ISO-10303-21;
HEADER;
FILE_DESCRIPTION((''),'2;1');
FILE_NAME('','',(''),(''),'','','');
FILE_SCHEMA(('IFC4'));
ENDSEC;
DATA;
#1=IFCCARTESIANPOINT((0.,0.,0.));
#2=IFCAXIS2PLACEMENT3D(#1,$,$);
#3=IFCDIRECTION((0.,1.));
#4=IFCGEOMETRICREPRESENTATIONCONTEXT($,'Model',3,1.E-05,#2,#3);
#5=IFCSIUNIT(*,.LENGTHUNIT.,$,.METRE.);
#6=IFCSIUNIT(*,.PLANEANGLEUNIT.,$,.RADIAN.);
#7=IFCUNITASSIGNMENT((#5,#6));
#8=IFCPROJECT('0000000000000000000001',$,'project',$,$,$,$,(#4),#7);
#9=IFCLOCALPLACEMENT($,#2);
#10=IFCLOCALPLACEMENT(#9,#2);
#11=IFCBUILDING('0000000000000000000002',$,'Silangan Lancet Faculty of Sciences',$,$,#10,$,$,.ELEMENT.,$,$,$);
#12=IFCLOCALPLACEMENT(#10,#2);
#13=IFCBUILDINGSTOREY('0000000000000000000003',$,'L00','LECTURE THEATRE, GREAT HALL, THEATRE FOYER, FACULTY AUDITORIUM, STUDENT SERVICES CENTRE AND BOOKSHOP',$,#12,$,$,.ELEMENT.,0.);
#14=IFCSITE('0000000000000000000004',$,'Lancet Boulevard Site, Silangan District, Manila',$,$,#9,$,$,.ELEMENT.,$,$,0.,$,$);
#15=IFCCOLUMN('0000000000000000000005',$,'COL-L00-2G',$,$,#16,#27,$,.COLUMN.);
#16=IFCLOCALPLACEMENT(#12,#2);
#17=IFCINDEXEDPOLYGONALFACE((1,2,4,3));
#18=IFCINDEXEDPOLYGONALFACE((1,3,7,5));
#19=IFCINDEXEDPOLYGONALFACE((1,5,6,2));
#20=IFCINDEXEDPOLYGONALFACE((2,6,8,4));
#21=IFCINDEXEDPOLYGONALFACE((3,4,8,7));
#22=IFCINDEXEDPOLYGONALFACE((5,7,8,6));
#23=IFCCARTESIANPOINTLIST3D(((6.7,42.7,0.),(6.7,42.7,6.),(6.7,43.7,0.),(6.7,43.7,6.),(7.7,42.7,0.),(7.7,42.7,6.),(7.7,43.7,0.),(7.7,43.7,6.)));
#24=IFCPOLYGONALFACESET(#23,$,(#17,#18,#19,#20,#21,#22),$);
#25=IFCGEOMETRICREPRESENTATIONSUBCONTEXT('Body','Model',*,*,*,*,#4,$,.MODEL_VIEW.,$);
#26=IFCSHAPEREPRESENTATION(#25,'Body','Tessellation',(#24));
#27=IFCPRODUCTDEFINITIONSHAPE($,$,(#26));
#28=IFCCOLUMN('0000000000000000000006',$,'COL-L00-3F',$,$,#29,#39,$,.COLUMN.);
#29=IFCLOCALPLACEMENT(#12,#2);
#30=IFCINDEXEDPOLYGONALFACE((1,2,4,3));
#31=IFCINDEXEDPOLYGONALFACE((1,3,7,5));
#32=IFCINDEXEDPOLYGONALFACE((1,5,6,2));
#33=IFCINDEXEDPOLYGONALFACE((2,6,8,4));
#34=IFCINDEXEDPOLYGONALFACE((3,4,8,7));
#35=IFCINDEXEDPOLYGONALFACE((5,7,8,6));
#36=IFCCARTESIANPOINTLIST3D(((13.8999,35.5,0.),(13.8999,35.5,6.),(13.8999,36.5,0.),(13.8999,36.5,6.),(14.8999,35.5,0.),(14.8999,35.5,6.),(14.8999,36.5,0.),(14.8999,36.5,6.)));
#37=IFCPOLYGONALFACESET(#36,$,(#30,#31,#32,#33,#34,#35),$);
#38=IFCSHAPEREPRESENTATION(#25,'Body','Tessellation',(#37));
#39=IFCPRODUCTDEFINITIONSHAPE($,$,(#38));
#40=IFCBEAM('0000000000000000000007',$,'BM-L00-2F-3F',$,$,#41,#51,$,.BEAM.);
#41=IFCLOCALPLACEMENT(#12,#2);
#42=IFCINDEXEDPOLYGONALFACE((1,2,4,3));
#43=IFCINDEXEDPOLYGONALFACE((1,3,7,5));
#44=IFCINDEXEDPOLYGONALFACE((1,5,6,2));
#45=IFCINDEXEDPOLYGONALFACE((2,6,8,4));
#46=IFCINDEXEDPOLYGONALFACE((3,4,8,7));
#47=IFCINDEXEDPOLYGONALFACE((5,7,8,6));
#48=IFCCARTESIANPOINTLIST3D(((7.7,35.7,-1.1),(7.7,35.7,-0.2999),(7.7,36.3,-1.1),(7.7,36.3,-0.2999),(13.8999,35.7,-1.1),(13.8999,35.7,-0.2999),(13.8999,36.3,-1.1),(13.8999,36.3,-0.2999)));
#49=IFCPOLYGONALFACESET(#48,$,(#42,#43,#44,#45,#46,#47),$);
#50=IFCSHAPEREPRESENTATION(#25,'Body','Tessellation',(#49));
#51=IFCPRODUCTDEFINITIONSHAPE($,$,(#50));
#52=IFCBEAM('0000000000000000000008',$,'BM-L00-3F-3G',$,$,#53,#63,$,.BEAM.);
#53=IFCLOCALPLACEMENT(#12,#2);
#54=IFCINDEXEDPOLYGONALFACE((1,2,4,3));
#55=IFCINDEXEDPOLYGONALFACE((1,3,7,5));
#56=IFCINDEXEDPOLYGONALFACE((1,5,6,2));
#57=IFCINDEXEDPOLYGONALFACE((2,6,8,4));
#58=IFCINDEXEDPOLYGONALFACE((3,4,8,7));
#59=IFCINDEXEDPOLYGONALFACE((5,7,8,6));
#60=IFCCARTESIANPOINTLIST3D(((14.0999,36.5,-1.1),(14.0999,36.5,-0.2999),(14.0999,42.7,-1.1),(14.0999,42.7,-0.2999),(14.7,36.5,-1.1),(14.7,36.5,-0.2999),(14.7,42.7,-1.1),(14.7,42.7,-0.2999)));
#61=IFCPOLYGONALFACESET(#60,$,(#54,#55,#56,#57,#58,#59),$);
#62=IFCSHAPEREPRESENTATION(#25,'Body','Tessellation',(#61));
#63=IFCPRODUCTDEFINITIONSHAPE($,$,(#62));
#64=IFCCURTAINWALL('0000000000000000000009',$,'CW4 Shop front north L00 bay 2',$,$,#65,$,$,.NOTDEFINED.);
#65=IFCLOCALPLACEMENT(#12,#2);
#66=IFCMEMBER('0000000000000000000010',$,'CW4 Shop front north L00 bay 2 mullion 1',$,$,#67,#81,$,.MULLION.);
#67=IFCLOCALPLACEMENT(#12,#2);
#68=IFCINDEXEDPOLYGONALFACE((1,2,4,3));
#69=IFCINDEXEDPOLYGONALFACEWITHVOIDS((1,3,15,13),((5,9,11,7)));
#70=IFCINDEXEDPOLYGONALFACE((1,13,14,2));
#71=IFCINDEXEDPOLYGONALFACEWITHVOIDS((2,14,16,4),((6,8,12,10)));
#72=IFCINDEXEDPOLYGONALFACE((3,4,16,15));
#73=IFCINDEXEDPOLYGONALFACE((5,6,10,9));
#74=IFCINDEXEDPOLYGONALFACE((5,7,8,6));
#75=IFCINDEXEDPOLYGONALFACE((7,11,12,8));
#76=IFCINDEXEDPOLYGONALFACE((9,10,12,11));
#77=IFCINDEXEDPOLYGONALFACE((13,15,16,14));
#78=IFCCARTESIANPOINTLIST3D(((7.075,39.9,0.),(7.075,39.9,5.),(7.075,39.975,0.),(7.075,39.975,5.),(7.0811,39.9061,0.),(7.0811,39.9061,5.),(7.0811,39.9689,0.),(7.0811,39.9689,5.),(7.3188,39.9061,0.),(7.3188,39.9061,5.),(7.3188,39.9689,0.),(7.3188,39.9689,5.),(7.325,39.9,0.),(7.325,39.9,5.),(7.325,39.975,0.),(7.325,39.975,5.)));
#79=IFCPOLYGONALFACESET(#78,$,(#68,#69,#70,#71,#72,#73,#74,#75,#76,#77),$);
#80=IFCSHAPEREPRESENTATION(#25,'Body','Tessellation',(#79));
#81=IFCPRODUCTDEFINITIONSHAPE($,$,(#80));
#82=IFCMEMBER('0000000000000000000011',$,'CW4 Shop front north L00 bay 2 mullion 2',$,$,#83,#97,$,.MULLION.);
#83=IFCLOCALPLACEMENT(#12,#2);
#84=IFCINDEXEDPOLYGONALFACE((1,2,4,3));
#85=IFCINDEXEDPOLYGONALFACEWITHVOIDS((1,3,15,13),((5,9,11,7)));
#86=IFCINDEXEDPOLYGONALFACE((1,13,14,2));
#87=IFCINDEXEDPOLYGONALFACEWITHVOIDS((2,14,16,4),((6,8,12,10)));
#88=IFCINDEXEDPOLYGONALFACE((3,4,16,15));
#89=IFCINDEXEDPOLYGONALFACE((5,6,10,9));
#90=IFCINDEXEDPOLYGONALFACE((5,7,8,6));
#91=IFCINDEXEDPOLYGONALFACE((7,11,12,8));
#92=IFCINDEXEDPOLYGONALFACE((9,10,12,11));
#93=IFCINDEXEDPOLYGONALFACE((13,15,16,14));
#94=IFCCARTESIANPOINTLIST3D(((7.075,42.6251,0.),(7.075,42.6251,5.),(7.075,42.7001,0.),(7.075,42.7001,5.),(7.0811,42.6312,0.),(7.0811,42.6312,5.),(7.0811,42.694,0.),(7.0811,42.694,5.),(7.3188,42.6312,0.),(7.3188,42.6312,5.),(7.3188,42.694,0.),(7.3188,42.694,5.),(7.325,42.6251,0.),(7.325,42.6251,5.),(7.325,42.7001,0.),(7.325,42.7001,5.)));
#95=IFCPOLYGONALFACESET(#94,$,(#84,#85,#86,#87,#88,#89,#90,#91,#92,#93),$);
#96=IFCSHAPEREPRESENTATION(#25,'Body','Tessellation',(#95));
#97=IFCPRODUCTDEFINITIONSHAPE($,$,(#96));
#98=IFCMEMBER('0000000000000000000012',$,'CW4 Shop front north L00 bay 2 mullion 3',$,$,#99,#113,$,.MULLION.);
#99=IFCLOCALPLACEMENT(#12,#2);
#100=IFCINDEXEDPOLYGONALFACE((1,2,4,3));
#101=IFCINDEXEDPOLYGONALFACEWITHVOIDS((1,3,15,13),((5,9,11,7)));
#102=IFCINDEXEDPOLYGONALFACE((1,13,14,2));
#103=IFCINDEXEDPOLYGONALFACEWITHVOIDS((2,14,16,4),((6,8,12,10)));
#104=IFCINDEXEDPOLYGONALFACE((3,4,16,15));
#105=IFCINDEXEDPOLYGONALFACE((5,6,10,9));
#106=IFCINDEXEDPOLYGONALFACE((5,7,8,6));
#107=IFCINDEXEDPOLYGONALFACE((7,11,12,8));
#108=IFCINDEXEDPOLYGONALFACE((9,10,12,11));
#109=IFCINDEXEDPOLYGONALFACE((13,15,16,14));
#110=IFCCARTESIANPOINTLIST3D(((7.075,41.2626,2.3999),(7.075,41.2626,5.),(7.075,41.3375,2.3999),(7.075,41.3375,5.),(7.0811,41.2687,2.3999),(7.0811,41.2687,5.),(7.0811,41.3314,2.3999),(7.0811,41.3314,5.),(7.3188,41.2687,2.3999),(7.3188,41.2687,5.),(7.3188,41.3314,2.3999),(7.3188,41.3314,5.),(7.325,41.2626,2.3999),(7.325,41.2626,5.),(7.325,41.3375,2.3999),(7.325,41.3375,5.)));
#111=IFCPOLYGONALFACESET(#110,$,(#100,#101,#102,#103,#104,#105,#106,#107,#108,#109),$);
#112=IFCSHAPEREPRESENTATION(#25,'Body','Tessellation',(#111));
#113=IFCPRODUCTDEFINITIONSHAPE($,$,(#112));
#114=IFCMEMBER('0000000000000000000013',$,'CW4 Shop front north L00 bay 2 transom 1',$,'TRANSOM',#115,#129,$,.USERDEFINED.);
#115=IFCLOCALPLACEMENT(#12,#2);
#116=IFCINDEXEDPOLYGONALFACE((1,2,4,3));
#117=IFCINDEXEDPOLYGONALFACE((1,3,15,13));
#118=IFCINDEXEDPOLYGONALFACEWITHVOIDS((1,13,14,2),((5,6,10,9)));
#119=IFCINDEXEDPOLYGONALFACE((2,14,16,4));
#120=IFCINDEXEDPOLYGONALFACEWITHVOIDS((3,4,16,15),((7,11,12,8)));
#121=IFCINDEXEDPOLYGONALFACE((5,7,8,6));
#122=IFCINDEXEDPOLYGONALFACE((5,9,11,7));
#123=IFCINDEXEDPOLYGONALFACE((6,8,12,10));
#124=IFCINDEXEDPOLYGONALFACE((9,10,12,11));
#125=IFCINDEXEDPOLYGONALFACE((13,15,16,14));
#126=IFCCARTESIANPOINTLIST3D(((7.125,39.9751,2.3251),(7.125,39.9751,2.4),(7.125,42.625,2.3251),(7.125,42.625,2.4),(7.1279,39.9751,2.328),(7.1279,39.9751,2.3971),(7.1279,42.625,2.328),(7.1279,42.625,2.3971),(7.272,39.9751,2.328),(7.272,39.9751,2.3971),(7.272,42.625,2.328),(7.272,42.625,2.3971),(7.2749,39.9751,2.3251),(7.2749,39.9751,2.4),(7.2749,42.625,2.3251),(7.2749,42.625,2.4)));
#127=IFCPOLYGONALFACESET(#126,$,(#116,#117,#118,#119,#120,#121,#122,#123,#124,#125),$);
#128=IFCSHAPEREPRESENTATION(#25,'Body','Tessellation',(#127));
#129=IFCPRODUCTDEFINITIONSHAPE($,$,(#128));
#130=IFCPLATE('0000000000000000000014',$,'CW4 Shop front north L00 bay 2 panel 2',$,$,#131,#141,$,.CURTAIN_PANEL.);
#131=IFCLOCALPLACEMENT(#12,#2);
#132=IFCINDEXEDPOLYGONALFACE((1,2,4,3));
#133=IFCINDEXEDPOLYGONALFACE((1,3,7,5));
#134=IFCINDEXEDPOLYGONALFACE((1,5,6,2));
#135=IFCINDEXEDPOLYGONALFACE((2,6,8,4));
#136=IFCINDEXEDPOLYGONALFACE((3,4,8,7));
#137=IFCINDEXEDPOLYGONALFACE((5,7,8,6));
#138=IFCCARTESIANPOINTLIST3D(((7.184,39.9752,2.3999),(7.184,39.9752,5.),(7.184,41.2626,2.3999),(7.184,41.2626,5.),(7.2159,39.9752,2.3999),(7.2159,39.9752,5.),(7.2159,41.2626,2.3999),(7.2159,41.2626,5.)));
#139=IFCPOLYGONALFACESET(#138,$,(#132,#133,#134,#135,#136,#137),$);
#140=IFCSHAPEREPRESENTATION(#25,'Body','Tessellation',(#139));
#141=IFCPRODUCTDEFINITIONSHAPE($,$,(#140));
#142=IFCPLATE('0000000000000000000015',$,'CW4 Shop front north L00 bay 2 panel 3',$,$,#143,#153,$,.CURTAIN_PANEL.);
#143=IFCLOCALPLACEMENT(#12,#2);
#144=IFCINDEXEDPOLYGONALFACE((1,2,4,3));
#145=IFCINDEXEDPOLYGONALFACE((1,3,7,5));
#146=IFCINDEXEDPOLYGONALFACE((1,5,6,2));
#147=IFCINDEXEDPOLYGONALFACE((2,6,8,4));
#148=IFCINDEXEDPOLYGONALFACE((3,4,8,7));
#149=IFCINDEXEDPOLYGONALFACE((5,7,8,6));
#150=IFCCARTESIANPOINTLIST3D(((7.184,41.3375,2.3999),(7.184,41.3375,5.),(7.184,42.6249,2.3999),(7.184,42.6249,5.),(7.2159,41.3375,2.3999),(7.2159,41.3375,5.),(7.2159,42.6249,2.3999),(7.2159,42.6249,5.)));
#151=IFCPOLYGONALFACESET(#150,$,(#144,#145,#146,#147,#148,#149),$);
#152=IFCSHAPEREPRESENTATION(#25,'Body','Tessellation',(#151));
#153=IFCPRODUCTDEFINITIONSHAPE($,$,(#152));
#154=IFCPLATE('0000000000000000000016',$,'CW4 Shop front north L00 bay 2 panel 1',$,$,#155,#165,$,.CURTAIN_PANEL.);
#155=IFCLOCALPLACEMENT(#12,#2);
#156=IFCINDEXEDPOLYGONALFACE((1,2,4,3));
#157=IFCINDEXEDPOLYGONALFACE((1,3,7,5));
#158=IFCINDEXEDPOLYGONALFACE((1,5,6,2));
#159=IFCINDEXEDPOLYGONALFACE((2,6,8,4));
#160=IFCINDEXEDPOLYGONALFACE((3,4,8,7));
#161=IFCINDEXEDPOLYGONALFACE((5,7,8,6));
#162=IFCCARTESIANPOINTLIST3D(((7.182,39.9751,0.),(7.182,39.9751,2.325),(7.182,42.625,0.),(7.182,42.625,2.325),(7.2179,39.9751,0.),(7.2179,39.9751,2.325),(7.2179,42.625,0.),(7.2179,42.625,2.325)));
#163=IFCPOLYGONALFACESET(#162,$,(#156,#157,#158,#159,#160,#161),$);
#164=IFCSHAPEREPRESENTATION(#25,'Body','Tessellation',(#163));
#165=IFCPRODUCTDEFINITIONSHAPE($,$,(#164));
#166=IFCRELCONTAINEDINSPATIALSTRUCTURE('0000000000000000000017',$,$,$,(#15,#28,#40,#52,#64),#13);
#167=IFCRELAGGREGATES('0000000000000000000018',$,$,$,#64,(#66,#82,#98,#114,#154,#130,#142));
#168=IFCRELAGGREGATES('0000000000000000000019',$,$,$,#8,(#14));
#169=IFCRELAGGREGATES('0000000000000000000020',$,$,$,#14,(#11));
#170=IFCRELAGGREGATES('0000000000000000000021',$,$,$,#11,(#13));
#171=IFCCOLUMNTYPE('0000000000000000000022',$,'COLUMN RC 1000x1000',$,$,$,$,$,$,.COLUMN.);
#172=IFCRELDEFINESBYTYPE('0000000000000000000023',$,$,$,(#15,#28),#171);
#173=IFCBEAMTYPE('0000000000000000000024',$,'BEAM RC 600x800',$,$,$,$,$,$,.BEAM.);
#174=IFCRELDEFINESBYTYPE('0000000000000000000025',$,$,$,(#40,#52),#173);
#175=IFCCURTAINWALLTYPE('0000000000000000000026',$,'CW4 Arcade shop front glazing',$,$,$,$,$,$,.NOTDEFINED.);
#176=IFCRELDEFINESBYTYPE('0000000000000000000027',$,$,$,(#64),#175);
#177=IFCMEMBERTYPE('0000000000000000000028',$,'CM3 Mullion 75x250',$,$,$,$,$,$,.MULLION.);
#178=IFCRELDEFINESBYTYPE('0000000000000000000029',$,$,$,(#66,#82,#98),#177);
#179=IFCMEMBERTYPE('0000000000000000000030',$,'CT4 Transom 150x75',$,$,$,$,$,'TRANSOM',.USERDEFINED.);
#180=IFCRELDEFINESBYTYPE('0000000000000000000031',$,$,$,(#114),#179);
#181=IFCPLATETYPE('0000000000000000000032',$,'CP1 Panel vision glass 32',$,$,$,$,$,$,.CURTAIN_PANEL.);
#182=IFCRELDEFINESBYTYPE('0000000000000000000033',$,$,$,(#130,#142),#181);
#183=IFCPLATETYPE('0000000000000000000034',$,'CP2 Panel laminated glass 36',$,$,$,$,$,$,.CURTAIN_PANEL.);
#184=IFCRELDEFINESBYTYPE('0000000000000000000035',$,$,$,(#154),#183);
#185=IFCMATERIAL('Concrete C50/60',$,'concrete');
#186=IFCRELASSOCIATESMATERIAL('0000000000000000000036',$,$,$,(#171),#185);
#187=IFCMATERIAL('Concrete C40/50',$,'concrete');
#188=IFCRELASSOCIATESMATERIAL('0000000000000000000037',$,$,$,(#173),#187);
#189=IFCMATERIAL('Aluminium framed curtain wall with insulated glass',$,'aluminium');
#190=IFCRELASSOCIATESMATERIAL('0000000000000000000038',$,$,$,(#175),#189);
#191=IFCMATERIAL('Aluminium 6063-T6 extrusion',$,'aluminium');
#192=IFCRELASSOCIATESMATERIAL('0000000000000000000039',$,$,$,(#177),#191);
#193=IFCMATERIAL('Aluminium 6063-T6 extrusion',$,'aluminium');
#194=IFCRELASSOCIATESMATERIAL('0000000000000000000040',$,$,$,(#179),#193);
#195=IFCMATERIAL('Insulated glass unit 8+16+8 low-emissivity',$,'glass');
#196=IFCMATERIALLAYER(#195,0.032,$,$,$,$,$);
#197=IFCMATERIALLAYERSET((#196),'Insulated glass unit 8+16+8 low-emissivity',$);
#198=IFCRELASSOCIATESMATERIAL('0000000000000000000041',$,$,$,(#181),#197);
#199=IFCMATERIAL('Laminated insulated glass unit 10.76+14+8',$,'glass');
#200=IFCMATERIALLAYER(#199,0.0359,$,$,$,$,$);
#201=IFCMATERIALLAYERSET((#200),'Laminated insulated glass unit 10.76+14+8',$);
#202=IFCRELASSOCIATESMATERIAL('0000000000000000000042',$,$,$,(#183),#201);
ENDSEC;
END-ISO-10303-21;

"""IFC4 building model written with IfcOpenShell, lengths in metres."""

from ifc_helpers import new_model, si_unit, direction, frame, origin, origin_2d, place, context, subcontext, project, spatial, rectangle, hollow_rectangle, extrude, material, layer, layer_set, material_profile, profile_set, type_object, element, aggregate, save


model = new_model("IFC4")

# Units and contexts
model_context = context("Model", 3, precision=1e-05, world=origin(), true_north=direction((0.0, 1.0)))
body_context = subcontext(model_context, "Body", "Model", "MODEL_VIEW")
ifc_project = project(units=[si_unit("LENGTHUNIT", "METRE"), si_unit("PLANEANGLEUNIT", "RADIAN")], contexts=[model_context])

# Site, building, storey
site_placement = place(None, origin())
site = spatial("IfcSite", under=ifc_project, at=site_placement, Name="Lancet Boulevard Site, Silangan District, Manila", CompositionType="ELEMENT", RefElevation=0.0)
building_placement = place(site_placement, origin())
building = spatial("IfcBuilding", under=site, at=building_placement, Name="Silangan Lancet Faculty of Sciences", CompositionType="ELEMENT")
storey_placement = place(building_placement, origin())
storey = spatial("IfcBuildingStorey", under=building, at=storey_placement, Name="L00", Description="LECTURE THEATRE, GREAT HALL, THEATRE FOYER, FACULTY AUDITORIUM, STUDENT SERVICES CENTRE AND BOOKSHOP", CompositionType="ELEMENT", Elevation=0.0)

# Columns
ifc_material_1 = material(Name="Concrete C50/60", Category="concrete")
ifc_material_profile_1 = material_profile(ifc_material_1, rectangle(XDim=1.0, YDim=1.0, at=origin_2d()), Name="RC 1000x1000")
ifc_profile_set_1 = profile_set([ifc_material_profile_1], Name="Concrete C50/60")
column_type = type_object("IfcColumnType", Name="COLUMN RC 1000x1000", PredefinedType="COLUMN", material=ifc_profile_set_1)
for number, where, z_axis, x_axis, name in (
    (1, (7.2, 43.2, 0.0), (0.0, 0.0, 1.0), (1.0, 0.0, 0.0), "COL-L00-2G"),
    (2, (14.3999, 36.0, 0.0), (0.0, 0.0, 1.0), (1.0, 0.0, 0.0), "COL-L00-3F"),
):
    element("IfcColumn", number, at=place(storey_placement, frame(where, z_axis=z_axis, x_axis=x_axis)), inside=storey, type_object=column_type, Name=name, PredefinedType="COLUMN", context=body_context, shape_type="SweptSolid", body=[
        extrude(rectangle(XDim=1.0, YDim=1.0, at=origin_2d()), origin(), (0.0, 0.0, 1.0), 6.0),
    ])

# Beams
ifc_material_2 = material(Name="Concrete C40/50", Category="concrete")
ifc_material_profile_2 = material_profile(ifc_material_2, rectangle(XDim=0.6001, YDim=0.8, at=origin_2d()), Name="RC 600x800")
ifc_profile_set_2 = profile_set([ifc_material_profile_2], Name="Concrete C40/50")
beam_type = type_object("IfcBeamType", Name="BEAM RC 600x800", PredefinedType="BEAM", material=ifc_profile_set_2)
for number, where, z_axis, x_axis, name in (
    (3, (7.7, 36.0, -0.7), (1.0, 0.0, 0.0), (0.0, 1.0, 0.0), "BM-L00-2F-3F"),
    (4, (14.3999, 36.5, -0.7), (0.0, 1.0, 0.0), (-1.0, 0.0, 0.0), "BM-L00-3F-3G"),
):
    element("IfcBeam", number, at=place(storey_placement, frame(where, z_axis=z_axis, x_axis=x_axis)), inside=storey, type_object=beam_type, Name=name, PredefinedType="BEAM", context=body_context, shape_type="SweptSolid", body=[
        extrude(rectangle(XDim=0.6001, YDim=0.8, at=origin_2d()), origin(), (0.0, 0.0, 1.0), 6.2),
    ])

# Curtain wall, members, plates
ifc_material_3 = material(Name="Aluminium framed curtain wall with insulated glass", Category="aluminium")
curtain_wall_type = type_object("IfcCurtainWallType", Name="CW4 Arcade shop front glazing", PredefinedType="NOTDEFINED", material=ifc_material_3)
curtain_wall_placement = place(storey_placement, origin())
curtain_wall = element("IfcCurtainWall", 5, at=curtain_wall_placement, inside=storey, type_object=curtain_wall_type, Name="CW4 Shop front north L00 bay 2", PredefinedType="NOTDEFINED")
ifc_material_4 = material(Name="Aluminium 6063-T6 extrusion", Category="aluminium")
ifc_material_profile_3 = material_profile(ifc_material_4, hollow_rectangle(XDim=0.075, YDim=0.25, WallThickness=0.0061, at=origin_2d()), Name="AL BOX 75x250x6")
ifc_profile_set_3 = profile_set([ifc_material_profile_3], Name="Aluminium 6063-T6 extrusion")
member_type_1 = type_object("IfcMemberType", Name="CM3 Mullion 75x250", PredefinedType="MULLION", material=ifc_profile_set_3)
member_1_placement = place(storey_placement, frame((7.2, 39.9375, 0.0), z_axis=(0.0, 0.0, 1.0), x_axis=(0.0, 1.0, 0.0)))
member_1 = element("IfcMember", 6, at=member_1_placement, type_object=member_type_1, Name="CW4 Shop front north L00 bay 2 mullion 1", PredefinedType="MULLION", context=body_context, shape_type="SweptSolid", body=[
    extrude(hollow_rectangle(XDim=0.075, YDim=0.25, WallThickness=0.0061, at=origin_2d()), origin(), (0.0, 0.0, 1.0), 5.0),
])
member_2_placement = place(storey_placement, frame((7.2, 42.6626, 0.0), z_axis=(0.0, 0.0, 1.0), x_axis=(0.0, 1.0, 0.0)))
member_2 = element("IfcMember", 7, at=member_2_placement, type_object=member_type_1, Name="CW4 Shop front north L00 bay 2 mullion 2", PredefinedType="MULLION", context=body_context, shape_type="SweptSolid", body=[
    extrude(hollow_rectangle(XDim=0.075, YDim=0.25, WallThickness=0.0061, at=origin_2d()), origin(), (0.0, 0.0, 1.0), 5.0),
])
member_3_placement = place(storey_placement, frame((7.2, 41.3, 2.3999), z_axis=(0.0, 0.0, 1.0), x_axis=(0.0, 1.0, 0.0)))
member_3 = element("IfcMember", 8, at=member_3_placement, type_object=member_type_1, Name="CW4 Shop front north L00 bay 2 mullion 3", PredefinedType="MULLION", context=body_context, shape_type="SweptSolid", body=[
    extrude(hollow_rectangle(XDim=0.075, YDim=0.25, WallThickness=0.0061, at=origin_2d()), origin(), (0.0, 0.0, 1.0), 2.6001),
])
ifc_material_5 = material(Name="Aluminium 6063-T6 extrusion", Category="aluminium")
ifc_material_profile_4 = material_profile(ifc_material_5, hollow_rectangle(XDim=0.1499, YDim=0.075, WallThickness=0.0029, at=origin_2d()), Name="AL BOX 150x75x3")
ifc_profile_set_4 = profile_set([ifc_material_profile_4], Name="Aluminium 6063-T6 extrusion")
member_type_2 = type_object("IfcMemberType", Name="CT4 Transom 150x75", ElementType="TRANSOM", PredefinedType="USERDEFINED", material=ifc_profile_set_4)
member_4_placement = place(storey_placement, frame((7.2, 39.9751, 2.3625), z_axis=(0.0, 1.0, 0.0), x_axis=(-1.0, 0.0, 0.0)))
member_4 = element("IfcMember", 9, at=member_4_placement, type_object=member_type_2, Name="CW4 Shop front north L00 bay 2 transom 1", ObjectType="TRANSOM", PredefinedType="USERDEFINED", context=body_context, shape_type="SweptSolid", body=[
    extrude(hollow_rectangle(XDim=0.1499, YDim=0.075, WallThickness=0.0029, at=origin_2d()), origin(), (0.0, 0.0, 1.0), 2.6499),
])
ifc_material_6 = material(Name="Insulated glass unit 8+16+8 low-emissivity", Category="glass")
ifc_layer_1 = layer(ifc_material_6, 0.032)
ifc_layer_set_1 = layer_set([ifc_layer_1], Name="Insulated glass unit 8+16+8 low-emissivity")
plate_type_1 = type_object("IfcPlateType", Name="CP1 Panel vision glass 32", PredefinedType="CURTAIN_PANEL", material=ifc_layer_set_1)
plate_1_placement = place(storey_placement, frame((7.2, 40.6189, 2.3999), z_axis=(0.0, 0.0, 1.0), x_axis=(0.0, 1.0, 0.0)))
plate_1 = element("IfcPlate", 10, at=plate_1_placement, type_object=plate_type_1, Name="CW4 Shop front north L00 bay 2 panel 2", PredefinedType="CURTAIN_PANEL", context=body_context, shape_type="SweptSolid", body=[
    extrude(rectangle(XDim=1.2874, YDim=0.032, at=origin_2d()), origin(), (0.0, 0.0, 1.0), 2.6001),
])
plate_2_placement = place(storey_placement, frame((7.2, 41.9812, 2.3999), z_axis=(0.0, 0.0, 1.0), x_axis=(0.0, 1.0, 0.0)))
plate_2 = element("IfcPlate", 11, at=plate_2_placement, type_object=plate_type_1, Name="CW4 Shop front north L00 bay 2 panel 3", PredefinedType="CURTAIN_PANEL", context=body_context, shape_type="SweptSolid", body=[
    extrude(rectangle(XDim=1.2874, YDim=0.032, at=origin_2d()), origin(), (0.0, 0.0, 1.0), 2.6001),
])
ifc_material_7 = material(Name="Laminated insulated glass unit 10.76+14+8", Category="glass")
ifc_layer_2 = layer(ifc_material_7, 0.0359)
ifc_layer_set_2 = layer_set([ifc_layer_2], Name="Laminated insulated glass unit 10.76+14+8")
plate_type_2 = type_object("IfcPlateType", Name="CP2 Panel laminated glass 36", PredefinedType="CURTAIN_PANEL", material=ifc_layer_set_2)
plate_3_placement = place(storey_placement, frame((7.2, 41.3, 0.0), z_axis=(0.0, 0.0, 1.0), x_axis=(0.0, 1.0, 0.0)))
plate_3 = element("IfcPlate", 12, at=plate_3_placement, type_object=plate_type_2, Name="CW4 Shop front north L00 bay 2 panel 1", PredefinedType="CURTAIN_PANEL", context=body_context, shape_type="SweptSolid", body=[
    extrude(rectangle(XDim=2.6499, YDim=0.0359, at=origin_2d()), origin(), (0.0, 0.0, 1.0), 2.325),
])
aggregate(curtain_wall, [member_1, member_2, member_3, member_4, plate_3, plate_1, plate_2])

save(model, "model.ifc")
